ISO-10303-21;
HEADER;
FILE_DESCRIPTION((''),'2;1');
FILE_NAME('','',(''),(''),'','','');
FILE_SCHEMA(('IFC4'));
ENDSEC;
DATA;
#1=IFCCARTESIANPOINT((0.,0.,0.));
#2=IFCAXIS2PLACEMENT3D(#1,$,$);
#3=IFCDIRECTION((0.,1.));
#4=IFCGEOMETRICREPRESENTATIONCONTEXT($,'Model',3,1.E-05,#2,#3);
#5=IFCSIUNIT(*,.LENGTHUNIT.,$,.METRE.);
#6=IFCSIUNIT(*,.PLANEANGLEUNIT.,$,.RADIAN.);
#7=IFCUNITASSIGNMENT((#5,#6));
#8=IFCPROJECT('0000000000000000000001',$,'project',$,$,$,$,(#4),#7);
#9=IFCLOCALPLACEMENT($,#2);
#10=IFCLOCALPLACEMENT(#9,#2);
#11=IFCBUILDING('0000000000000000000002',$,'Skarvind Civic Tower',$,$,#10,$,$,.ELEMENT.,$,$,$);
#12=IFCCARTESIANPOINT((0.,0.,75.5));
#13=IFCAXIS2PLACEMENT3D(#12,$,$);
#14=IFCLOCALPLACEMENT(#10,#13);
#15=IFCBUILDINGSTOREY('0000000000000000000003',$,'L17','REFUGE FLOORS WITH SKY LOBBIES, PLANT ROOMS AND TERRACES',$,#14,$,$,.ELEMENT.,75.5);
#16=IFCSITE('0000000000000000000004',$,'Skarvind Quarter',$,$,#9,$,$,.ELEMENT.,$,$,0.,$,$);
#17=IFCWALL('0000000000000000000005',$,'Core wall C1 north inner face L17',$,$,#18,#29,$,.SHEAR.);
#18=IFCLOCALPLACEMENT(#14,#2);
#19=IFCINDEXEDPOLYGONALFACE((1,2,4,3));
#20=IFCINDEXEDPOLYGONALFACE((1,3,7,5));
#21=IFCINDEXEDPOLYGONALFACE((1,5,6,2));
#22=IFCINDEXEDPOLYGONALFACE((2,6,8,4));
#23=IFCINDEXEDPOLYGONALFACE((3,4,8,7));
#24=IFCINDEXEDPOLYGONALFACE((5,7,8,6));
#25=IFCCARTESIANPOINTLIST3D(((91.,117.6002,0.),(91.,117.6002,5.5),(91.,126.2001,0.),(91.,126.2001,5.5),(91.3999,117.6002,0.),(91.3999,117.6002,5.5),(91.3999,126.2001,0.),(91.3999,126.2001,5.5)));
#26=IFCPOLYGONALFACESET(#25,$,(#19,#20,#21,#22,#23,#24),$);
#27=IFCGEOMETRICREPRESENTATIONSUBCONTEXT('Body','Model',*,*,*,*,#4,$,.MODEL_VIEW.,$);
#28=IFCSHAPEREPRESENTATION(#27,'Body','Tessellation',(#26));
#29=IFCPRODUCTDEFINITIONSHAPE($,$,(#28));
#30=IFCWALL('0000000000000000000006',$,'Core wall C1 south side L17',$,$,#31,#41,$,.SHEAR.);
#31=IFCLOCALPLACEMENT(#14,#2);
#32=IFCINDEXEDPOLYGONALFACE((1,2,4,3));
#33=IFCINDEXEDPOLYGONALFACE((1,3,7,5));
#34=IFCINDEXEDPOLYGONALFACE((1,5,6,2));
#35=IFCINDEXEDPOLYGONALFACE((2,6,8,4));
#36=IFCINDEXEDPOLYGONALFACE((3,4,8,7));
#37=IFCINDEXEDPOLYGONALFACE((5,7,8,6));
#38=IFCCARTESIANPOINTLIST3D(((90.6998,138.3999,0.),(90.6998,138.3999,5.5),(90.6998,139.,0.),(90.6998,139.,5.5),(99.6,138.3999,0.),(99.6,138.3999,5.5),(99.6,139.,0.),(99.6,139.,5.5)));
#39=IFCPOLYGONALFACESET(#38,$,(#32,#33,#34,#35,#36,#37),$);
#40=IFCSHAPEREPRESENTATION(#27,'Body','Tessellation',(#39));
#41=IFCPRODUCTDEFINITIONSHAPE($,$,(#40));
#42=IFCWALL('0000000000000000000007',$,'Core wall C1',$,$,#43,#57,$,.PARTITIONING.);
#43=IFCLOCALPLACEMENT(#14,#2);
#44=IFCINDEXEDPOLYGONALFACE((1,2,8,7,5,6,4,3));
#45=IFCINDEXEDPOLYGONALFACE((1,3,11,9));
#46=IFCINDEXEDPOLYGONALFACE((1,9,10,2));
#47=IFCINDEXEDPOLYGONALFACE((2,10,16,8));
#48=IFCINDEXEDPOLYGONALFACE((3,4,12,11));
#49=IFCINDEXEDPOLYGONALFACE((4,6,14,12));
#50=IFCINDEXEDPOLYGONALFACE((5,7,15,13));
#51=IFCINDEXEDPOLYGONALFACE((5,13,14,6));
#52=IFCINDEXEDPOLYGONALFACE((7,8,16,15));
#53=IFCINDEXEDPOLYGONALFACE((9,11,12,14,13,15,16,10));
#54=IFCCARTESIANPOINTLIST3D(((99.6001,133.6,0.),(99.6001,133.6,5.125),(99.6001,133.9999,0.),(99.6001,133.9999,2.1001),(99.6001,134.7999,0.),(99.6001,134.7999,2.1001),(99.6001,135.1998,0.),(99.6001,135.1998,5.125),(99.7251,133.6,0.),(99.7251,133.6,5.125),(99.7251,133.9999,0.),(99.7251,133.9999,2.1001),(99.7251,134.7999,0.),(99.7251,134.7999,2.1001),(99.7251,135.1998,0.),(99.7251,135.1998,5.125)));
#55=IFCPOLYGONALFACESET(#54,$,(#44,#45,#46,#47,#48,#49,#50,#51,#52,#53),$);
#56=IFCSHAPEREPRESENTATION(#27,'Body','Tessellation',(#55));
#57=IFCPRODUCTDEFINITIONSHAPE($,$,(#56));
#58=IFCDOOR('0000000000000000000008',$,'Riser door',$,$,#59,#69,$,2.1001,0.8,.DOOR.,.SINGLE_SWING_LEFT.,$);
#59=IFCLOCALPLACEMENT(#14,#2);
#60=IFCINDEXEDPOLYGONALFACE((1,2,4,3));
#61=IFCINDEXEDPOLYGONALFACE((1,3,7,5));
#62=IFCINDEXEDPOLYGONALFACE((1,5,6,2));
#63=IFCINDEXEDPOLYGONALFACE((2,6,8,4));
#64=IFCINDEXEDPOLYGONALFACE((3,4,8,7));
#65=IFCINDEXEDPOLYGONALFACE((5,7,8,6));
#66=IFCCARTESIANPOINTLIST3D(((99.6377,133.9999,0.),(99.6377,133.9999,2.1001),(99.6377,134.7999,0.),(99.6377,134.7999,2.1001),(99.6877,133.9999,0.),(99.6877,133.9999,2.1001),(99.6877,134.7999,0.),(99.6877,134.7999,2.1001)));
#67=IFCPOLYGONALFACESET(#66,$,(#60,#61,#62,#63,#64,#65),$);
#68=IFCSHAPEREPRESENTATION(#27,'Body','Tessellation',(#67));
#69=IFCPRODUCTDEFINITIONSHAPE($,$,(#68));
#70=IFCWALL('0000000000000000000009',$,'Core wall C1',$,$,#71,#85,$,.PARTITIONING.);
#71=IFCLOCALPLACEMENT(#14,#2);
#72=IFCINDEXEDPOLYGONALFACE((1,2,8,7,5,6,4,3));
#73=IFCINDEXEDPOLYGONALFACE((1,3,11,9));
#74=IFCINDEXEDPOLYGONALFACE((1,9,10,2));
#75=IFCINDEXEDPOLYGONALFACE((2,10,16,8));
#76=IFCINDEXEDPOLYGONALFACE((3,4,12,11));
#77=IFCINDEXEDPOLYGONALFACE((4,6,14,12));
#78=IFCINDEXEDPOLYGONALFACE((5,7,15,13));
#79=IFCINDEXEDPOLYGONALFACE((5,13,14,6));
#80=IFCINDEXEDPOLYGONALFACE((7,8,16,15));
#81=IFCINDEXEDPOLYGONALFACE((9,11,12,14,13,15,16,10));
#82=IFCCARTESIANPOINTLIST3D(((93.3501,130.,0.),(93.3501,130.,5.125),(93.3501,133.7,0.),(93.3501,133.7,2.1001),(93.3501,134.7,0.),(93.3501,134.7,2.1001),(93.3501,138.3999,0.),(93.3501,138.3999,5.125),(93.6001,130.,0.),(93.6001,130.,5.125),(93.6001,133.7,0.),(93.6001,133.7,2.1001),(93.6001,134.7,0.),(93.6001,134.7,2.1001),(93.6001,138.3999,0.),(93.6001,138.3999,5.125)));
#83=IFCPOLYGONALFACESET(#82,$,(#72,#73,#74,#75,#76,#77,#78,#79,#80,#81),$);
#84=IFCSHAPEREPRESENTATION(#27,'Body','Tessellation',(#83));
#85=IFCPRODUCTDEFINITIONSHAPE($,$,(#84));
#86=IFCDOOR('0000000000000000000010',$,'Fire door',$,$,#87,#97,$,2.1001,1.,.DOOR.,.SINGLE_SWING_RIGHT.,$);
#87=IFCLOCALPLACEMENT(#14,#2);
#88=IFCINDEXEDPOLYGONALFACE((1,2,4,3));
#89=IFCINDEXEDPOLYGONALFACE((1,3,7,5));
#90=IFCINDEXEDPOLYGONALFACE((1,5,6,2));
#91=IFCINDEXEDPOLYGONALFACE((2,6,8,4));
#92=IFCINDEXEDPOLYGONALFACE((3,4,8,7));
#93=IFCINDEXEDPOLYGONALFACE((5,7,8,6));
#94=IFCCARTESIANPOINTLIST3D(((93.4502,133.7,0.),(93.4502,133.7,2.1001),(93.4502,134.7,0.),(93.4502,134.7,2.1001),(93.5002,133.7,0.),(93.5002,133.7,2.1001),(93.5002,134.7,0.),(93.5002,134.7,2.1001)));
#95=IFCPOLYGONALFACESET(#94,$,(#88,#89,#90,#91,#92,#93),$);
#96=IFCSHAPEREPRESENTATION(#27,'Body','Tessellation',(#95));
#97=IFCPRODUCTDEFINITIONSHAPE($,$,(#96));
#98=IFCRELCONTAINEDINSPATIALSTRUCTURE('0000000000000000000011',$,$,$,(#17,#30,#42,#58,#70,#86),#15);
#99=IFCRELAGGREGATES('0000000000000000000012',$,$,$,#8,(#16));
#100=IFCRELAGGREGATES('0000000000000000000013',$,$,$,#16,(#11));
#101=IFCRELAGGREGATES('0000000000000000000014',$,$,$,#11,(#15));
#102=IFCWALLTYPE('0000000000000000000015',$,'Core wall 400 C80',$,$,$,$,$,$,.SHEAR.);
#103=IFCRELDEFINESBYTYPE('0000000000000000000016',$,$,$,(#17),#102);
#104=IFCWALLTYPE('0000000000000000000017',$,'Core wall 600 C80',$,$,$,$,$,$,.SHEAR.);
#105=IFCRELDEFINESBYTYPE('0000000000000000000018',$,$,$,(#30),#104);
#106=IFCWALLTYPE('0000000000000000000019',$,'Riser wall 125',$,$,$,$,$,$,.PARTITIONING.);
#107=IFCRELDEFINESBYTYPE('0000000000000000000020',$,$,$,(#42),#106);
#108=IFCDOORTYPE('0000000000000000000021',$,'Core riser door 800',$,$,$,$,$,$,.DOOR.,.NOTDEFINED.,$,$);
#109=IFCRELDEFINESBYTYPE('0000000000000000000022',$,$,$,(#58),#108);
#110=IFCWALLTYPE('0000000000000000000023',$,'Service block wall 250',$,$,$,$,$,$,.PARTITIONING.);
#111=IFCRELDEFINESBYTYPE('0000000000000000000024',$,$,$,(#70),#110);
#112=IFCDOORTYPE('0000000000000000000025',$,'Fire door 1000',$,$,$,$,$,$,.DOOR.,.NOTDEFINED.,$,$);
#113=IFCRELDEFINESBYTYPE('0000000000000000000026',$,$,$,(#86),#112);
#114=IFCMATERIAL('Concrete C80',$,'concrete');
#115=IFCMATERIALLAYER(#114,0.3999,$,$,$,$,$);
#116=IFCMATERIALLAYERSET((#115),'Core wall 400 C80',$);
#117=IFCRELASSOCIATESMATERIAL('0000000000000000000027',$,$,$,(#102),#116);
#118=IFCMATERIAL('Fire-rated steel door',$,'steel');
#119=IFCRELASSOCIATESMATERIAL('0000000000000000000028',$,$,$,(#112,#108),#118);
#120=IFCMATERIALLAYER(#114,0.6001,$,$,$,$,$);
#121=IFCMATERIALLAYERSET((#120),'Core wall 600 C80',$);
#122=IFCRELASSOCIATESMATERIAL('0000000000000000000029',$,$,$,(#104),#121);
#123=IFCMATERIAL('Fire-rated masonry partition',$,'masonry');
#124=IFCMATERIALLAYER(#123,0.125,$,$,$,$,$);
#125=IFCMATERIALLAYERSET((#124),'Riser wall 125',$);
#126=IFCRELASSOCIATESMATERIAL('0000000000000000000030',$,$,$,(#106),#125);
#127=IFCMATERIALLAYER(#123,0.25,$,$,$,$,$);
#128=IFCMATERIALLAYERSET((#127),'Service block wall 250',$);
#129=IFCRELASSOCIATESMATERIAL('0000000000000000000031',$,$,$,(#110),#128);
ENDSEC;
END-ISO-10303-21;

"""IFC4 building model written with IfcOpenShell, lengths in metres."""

from ifc_helpers import new_model, si_unit, direction, frame, frame_2d, origin, place, context, subcontext, project, spatial, rectangle, extrude, material, layer, layer_set, type_object, element, fill, save


model = new_model("IFC4")

# Units and contexts
model_context = context("Model", 3, precision=1e-05, world=origin(), true_north=direction((0.0, 1.0)))
body_context = subcontext(model_context, "Body", "Model", "MODEL_VIEW")
ifc_project = project(units=[si_unit("LENGTHUNIT", "METRE"), si_unit("PLANEANGLEUNIT", "RADIAN")], contexts=[model_context])

# Site, building, storey
site_placement = place(None, origin())
site = spatial("IfcSite", under=ifc_project, at=site_placement, Name="Skarvind Quarter", CompositionType="ELEMENT", RefElevation=0.0)
building_placement = place(site_placement, origin())
building = spatial("IfcBuilding", under=site, at=building_placement, Name="Skarvind Civic Tower", CompositionType="ELEMENT")
storey_placement = place(building_placement, frame((0.0, 0.0, 75.5)))
storey = spatial("IfcBuildingStorey", under=building, at=storey_placement, Name="L17", Description="REFUGE FLOORS WITH SKY LOBBIES, PLANT ROOMS AND TERRACES", CompositionType="ELEMENT", Elevation=75.5)

# Shared definitions
ifc_material_1 = material(Name="Concrete C80", Category="concrete")

# Shared definitions
ifc_material_2 = material(Name="Fire-rated masonry partition", Category="masonry")
ifc_material_3 = material(Name="Fire-rated steel door", Category="steel")
ifc_layer_1 = layer(ifc_material_1, 0.3999)
ifc_layer_set_1 = layer_set([ifc_layer_1], Name="Core wall 400 C80")
wall_type_1 = type_object("IfcWallType", Name="Core wall 400 C80", PredefinedType="SHEAR", material=ifc_layer_set_1)
door_type_1 = type_object("IfcDoorType", Name="Fire door 1000", OperationType="NOTDEFINED", PredefinedType="DOOR", material=ifc_material_3)

# Walls
for number, where, z_axis, x_axis, name in (
    (1, (91.2, 126.2, 0.0), (0.0, 0.0, 1.0), (0.0, -1.0, 0.0), "Core wall C1 north inner face L17"),
):
    element("IfcWall", number, at=place(storey_placement, frame(where, z_axis=z_axis, x_axis=x_axis)), inside=storey, type_object=wall_type_1, Name=name, PredefinedType="SHEAR", context=body_context, shape_type="SweptSolid", body=[
        extrude(rectangle(XDim=8.5999, YDim=0.3999, at=frame_2d((4.2998, 0.0))), origin(), (0.0, 0.0, 1.0), 5.5),
    ])
ifc_layer_2 = layer(ifc_material_1, 0.6001)
ifc_layer_set_2 = layer_set([ifc_layer_2], Name="Core wall 600 C80")
wall_type_2 = type_object("IfcWallType", Name="Core wall 600 C80", PredefinedType="SHEAR", material=ifc_layer_set_2)
wall_1_placement = place(storey_placement, frame((99.6001, 138.7, 0.0), z_axis=(0.0, 0.0, 1.0), x_axis=(-1.0, 0.0, 0.0)))
element("IfcWall", 2, at=wall_1_placement, inside=storey, type_object=wall_type_2, Name="Core wall C1 south side L17", PredefinedType="SHEAR", context=body_context, shape_type="SweptSolid", body=[
    extrude(rectangle(XDim=8.9001, YDim=0.6001, at=frame_2d((4.4502, 0.0))), origin(), (0.0, 0.0, 1.0), 5.5),
])

# Walls, openings, doors
ifc_layer_3 = layer(ifc_material_2, 0.125)
ifc_layer_set_3 = layer_set([ifc_layer_3], Name="Riser wall 125")
wall_type_3 = type_object("IfcWallType", Name="Riser wall 125", PredefinedType="PARTITIONING", material=ifc_layer_set_3)
wall_2_placement = place(storey_placement, frame((99.6626, 133.6001, 0.0), z_axis=(0.0, 0.0, 1.0), x_axis=(0.0, 1.0, 0.0)))
wall_2 = element("IfcWall", 3, at=wall_2_placement, inside=storey, type_object=wall_type_3, Name="Core wall C1", PredefinedType="PARTITIONING", context=body_context, shape_type="SweptSolid", body=[
    extrude(rectangle(XDim=1.5999, YDim=0.125, at=frame_2d((0.7998, 0.0))), origin(), (0.0, 0.0, 1.0), 5.125),
])
opening_1_placement = place(wall_2_placement, frame((0.3999, 0.0, 0.0)))
opening_1 = element("IfcOpeningElement", 4, at=opening_1_placement, cuts=wall_2, PredefinedType="OPENING", context=body_context, shape_type="SweptSolid", body=[
    extrude(rectangle(XDim=0.8, YDim=2.1001, at=frame_2d((0.3999, 1.05))), frame((0.0, 0.0725, 0.0), z_axis=(0.0, -1.0, 0.0), x_axis=(1.0, 0.0, 0.0)), (0.0, 0.0, 1.0), 0.145),
])
door_type_2 = type_object("IfcDoorType", Name="Core riser door 800", OperationType="NOTDEFINED", PredefinedType="DOOR", material=ifc_material_3)
door_1_placement = place(opening_1_placement, origin())
door_1 = element("IfcDoor", 5, at=door_1_placement, inside=storey, type_object=door_type_2, Name="Riser door", OperationType="SINGLE_SWING_LEFT", OverallHeight=2.1001, OverallWidth=0.8, PredefinedType="DOOR", context=body_context, shape_type="SweptSolid", body=[
    extrude(rectangle(XDim=0.8, YDim=2.1001, at=frame_2d((0.3999, 1.05))), frame((0.0, 0.0249, 0.0), z_axis=(0.0, -1.0, 0.0), x_axis=(1.0, 0.0, 0.0)), (0.0, 0.0, 1.0), 0.05),
])
fill(opening_1, door_1)
ifc_layer_4 = layer(ifc_material_2, 0.25)
ifc_layer_set_4 = layer_set([ifc_layer_4], Name="Service block wall 250")
wall_type_4 = type_object("IfcWallType", Name="Service block wall 250", PredefinedType="PARTITIONING", material=ifc_layer_set_4)
wall_3_placement = place(storey_placement, frame((93.4751, 130.0, 0.0), z_axis=(0.0, 0.0, 1.0), x_axis=(0.0, 1.0, 0.0)))
wall_3 = element("IfcWall", 6, at=wall_3_placement, inside=storey, type_object=wall_type_4, Name="Core wall C1", PredefinedType="PARTITIONING", context=body_context, shape_type="SweptSolid", body=[
    extrude(rectangle(XDim=8.3999, YDim=0.25, at=frame_2d((4.2, 0.0))), origin(), (0.0, 0.0, 1.0), 5.125),
])
opening_2_placement = place(wall_3_placement, frame((3.7, 0.0, 0.0)))
opening_2 = element("IfcOpeningElement", 7, at=opening_2_placement, cuts=wall_3, PredefinedType="OPENING", context=body_context, shape_type="SweptSolid", body=[
    extrude(rectangle(XDim=1.0, YDim=2.1001, at=frame_2d((0.5, 1.05))), frame((0.0, 0.135, 0.0), z_axis=(0.0, -1.0, 0.0), x_axis=(1.0, 0.0, 0.0)), (0.0, 0.0, 1.0), 0.27),
])
door_2_placement = place(opening_2_placement, origin())
door_2 = element("IfcDoor", 8, at=door_2_placement, inside=storey, type_object=door_type_1, Name="Fire door", OperationType="SINGLE_SWING_RIGHT", OverallHeight=2.1001, OverallWidth=1.0, PredefinedType="DOOR", context=body_context, shape_type="SweptSolid", body=[
    extrude(rectangle(XDim=1.0, YDim=2.1001, at=frame_2d((0.5, 1.05))), frame((0.0, 0.0249, 0.0), z_axis=(0.0, -1.0, 0.0), x_axis=(1.0, 0.0, 0.0)), (0.0, 0.0, 1.0), 0.05),
])
fill(opening_2, door_2)

save(model, "model.ifc")
